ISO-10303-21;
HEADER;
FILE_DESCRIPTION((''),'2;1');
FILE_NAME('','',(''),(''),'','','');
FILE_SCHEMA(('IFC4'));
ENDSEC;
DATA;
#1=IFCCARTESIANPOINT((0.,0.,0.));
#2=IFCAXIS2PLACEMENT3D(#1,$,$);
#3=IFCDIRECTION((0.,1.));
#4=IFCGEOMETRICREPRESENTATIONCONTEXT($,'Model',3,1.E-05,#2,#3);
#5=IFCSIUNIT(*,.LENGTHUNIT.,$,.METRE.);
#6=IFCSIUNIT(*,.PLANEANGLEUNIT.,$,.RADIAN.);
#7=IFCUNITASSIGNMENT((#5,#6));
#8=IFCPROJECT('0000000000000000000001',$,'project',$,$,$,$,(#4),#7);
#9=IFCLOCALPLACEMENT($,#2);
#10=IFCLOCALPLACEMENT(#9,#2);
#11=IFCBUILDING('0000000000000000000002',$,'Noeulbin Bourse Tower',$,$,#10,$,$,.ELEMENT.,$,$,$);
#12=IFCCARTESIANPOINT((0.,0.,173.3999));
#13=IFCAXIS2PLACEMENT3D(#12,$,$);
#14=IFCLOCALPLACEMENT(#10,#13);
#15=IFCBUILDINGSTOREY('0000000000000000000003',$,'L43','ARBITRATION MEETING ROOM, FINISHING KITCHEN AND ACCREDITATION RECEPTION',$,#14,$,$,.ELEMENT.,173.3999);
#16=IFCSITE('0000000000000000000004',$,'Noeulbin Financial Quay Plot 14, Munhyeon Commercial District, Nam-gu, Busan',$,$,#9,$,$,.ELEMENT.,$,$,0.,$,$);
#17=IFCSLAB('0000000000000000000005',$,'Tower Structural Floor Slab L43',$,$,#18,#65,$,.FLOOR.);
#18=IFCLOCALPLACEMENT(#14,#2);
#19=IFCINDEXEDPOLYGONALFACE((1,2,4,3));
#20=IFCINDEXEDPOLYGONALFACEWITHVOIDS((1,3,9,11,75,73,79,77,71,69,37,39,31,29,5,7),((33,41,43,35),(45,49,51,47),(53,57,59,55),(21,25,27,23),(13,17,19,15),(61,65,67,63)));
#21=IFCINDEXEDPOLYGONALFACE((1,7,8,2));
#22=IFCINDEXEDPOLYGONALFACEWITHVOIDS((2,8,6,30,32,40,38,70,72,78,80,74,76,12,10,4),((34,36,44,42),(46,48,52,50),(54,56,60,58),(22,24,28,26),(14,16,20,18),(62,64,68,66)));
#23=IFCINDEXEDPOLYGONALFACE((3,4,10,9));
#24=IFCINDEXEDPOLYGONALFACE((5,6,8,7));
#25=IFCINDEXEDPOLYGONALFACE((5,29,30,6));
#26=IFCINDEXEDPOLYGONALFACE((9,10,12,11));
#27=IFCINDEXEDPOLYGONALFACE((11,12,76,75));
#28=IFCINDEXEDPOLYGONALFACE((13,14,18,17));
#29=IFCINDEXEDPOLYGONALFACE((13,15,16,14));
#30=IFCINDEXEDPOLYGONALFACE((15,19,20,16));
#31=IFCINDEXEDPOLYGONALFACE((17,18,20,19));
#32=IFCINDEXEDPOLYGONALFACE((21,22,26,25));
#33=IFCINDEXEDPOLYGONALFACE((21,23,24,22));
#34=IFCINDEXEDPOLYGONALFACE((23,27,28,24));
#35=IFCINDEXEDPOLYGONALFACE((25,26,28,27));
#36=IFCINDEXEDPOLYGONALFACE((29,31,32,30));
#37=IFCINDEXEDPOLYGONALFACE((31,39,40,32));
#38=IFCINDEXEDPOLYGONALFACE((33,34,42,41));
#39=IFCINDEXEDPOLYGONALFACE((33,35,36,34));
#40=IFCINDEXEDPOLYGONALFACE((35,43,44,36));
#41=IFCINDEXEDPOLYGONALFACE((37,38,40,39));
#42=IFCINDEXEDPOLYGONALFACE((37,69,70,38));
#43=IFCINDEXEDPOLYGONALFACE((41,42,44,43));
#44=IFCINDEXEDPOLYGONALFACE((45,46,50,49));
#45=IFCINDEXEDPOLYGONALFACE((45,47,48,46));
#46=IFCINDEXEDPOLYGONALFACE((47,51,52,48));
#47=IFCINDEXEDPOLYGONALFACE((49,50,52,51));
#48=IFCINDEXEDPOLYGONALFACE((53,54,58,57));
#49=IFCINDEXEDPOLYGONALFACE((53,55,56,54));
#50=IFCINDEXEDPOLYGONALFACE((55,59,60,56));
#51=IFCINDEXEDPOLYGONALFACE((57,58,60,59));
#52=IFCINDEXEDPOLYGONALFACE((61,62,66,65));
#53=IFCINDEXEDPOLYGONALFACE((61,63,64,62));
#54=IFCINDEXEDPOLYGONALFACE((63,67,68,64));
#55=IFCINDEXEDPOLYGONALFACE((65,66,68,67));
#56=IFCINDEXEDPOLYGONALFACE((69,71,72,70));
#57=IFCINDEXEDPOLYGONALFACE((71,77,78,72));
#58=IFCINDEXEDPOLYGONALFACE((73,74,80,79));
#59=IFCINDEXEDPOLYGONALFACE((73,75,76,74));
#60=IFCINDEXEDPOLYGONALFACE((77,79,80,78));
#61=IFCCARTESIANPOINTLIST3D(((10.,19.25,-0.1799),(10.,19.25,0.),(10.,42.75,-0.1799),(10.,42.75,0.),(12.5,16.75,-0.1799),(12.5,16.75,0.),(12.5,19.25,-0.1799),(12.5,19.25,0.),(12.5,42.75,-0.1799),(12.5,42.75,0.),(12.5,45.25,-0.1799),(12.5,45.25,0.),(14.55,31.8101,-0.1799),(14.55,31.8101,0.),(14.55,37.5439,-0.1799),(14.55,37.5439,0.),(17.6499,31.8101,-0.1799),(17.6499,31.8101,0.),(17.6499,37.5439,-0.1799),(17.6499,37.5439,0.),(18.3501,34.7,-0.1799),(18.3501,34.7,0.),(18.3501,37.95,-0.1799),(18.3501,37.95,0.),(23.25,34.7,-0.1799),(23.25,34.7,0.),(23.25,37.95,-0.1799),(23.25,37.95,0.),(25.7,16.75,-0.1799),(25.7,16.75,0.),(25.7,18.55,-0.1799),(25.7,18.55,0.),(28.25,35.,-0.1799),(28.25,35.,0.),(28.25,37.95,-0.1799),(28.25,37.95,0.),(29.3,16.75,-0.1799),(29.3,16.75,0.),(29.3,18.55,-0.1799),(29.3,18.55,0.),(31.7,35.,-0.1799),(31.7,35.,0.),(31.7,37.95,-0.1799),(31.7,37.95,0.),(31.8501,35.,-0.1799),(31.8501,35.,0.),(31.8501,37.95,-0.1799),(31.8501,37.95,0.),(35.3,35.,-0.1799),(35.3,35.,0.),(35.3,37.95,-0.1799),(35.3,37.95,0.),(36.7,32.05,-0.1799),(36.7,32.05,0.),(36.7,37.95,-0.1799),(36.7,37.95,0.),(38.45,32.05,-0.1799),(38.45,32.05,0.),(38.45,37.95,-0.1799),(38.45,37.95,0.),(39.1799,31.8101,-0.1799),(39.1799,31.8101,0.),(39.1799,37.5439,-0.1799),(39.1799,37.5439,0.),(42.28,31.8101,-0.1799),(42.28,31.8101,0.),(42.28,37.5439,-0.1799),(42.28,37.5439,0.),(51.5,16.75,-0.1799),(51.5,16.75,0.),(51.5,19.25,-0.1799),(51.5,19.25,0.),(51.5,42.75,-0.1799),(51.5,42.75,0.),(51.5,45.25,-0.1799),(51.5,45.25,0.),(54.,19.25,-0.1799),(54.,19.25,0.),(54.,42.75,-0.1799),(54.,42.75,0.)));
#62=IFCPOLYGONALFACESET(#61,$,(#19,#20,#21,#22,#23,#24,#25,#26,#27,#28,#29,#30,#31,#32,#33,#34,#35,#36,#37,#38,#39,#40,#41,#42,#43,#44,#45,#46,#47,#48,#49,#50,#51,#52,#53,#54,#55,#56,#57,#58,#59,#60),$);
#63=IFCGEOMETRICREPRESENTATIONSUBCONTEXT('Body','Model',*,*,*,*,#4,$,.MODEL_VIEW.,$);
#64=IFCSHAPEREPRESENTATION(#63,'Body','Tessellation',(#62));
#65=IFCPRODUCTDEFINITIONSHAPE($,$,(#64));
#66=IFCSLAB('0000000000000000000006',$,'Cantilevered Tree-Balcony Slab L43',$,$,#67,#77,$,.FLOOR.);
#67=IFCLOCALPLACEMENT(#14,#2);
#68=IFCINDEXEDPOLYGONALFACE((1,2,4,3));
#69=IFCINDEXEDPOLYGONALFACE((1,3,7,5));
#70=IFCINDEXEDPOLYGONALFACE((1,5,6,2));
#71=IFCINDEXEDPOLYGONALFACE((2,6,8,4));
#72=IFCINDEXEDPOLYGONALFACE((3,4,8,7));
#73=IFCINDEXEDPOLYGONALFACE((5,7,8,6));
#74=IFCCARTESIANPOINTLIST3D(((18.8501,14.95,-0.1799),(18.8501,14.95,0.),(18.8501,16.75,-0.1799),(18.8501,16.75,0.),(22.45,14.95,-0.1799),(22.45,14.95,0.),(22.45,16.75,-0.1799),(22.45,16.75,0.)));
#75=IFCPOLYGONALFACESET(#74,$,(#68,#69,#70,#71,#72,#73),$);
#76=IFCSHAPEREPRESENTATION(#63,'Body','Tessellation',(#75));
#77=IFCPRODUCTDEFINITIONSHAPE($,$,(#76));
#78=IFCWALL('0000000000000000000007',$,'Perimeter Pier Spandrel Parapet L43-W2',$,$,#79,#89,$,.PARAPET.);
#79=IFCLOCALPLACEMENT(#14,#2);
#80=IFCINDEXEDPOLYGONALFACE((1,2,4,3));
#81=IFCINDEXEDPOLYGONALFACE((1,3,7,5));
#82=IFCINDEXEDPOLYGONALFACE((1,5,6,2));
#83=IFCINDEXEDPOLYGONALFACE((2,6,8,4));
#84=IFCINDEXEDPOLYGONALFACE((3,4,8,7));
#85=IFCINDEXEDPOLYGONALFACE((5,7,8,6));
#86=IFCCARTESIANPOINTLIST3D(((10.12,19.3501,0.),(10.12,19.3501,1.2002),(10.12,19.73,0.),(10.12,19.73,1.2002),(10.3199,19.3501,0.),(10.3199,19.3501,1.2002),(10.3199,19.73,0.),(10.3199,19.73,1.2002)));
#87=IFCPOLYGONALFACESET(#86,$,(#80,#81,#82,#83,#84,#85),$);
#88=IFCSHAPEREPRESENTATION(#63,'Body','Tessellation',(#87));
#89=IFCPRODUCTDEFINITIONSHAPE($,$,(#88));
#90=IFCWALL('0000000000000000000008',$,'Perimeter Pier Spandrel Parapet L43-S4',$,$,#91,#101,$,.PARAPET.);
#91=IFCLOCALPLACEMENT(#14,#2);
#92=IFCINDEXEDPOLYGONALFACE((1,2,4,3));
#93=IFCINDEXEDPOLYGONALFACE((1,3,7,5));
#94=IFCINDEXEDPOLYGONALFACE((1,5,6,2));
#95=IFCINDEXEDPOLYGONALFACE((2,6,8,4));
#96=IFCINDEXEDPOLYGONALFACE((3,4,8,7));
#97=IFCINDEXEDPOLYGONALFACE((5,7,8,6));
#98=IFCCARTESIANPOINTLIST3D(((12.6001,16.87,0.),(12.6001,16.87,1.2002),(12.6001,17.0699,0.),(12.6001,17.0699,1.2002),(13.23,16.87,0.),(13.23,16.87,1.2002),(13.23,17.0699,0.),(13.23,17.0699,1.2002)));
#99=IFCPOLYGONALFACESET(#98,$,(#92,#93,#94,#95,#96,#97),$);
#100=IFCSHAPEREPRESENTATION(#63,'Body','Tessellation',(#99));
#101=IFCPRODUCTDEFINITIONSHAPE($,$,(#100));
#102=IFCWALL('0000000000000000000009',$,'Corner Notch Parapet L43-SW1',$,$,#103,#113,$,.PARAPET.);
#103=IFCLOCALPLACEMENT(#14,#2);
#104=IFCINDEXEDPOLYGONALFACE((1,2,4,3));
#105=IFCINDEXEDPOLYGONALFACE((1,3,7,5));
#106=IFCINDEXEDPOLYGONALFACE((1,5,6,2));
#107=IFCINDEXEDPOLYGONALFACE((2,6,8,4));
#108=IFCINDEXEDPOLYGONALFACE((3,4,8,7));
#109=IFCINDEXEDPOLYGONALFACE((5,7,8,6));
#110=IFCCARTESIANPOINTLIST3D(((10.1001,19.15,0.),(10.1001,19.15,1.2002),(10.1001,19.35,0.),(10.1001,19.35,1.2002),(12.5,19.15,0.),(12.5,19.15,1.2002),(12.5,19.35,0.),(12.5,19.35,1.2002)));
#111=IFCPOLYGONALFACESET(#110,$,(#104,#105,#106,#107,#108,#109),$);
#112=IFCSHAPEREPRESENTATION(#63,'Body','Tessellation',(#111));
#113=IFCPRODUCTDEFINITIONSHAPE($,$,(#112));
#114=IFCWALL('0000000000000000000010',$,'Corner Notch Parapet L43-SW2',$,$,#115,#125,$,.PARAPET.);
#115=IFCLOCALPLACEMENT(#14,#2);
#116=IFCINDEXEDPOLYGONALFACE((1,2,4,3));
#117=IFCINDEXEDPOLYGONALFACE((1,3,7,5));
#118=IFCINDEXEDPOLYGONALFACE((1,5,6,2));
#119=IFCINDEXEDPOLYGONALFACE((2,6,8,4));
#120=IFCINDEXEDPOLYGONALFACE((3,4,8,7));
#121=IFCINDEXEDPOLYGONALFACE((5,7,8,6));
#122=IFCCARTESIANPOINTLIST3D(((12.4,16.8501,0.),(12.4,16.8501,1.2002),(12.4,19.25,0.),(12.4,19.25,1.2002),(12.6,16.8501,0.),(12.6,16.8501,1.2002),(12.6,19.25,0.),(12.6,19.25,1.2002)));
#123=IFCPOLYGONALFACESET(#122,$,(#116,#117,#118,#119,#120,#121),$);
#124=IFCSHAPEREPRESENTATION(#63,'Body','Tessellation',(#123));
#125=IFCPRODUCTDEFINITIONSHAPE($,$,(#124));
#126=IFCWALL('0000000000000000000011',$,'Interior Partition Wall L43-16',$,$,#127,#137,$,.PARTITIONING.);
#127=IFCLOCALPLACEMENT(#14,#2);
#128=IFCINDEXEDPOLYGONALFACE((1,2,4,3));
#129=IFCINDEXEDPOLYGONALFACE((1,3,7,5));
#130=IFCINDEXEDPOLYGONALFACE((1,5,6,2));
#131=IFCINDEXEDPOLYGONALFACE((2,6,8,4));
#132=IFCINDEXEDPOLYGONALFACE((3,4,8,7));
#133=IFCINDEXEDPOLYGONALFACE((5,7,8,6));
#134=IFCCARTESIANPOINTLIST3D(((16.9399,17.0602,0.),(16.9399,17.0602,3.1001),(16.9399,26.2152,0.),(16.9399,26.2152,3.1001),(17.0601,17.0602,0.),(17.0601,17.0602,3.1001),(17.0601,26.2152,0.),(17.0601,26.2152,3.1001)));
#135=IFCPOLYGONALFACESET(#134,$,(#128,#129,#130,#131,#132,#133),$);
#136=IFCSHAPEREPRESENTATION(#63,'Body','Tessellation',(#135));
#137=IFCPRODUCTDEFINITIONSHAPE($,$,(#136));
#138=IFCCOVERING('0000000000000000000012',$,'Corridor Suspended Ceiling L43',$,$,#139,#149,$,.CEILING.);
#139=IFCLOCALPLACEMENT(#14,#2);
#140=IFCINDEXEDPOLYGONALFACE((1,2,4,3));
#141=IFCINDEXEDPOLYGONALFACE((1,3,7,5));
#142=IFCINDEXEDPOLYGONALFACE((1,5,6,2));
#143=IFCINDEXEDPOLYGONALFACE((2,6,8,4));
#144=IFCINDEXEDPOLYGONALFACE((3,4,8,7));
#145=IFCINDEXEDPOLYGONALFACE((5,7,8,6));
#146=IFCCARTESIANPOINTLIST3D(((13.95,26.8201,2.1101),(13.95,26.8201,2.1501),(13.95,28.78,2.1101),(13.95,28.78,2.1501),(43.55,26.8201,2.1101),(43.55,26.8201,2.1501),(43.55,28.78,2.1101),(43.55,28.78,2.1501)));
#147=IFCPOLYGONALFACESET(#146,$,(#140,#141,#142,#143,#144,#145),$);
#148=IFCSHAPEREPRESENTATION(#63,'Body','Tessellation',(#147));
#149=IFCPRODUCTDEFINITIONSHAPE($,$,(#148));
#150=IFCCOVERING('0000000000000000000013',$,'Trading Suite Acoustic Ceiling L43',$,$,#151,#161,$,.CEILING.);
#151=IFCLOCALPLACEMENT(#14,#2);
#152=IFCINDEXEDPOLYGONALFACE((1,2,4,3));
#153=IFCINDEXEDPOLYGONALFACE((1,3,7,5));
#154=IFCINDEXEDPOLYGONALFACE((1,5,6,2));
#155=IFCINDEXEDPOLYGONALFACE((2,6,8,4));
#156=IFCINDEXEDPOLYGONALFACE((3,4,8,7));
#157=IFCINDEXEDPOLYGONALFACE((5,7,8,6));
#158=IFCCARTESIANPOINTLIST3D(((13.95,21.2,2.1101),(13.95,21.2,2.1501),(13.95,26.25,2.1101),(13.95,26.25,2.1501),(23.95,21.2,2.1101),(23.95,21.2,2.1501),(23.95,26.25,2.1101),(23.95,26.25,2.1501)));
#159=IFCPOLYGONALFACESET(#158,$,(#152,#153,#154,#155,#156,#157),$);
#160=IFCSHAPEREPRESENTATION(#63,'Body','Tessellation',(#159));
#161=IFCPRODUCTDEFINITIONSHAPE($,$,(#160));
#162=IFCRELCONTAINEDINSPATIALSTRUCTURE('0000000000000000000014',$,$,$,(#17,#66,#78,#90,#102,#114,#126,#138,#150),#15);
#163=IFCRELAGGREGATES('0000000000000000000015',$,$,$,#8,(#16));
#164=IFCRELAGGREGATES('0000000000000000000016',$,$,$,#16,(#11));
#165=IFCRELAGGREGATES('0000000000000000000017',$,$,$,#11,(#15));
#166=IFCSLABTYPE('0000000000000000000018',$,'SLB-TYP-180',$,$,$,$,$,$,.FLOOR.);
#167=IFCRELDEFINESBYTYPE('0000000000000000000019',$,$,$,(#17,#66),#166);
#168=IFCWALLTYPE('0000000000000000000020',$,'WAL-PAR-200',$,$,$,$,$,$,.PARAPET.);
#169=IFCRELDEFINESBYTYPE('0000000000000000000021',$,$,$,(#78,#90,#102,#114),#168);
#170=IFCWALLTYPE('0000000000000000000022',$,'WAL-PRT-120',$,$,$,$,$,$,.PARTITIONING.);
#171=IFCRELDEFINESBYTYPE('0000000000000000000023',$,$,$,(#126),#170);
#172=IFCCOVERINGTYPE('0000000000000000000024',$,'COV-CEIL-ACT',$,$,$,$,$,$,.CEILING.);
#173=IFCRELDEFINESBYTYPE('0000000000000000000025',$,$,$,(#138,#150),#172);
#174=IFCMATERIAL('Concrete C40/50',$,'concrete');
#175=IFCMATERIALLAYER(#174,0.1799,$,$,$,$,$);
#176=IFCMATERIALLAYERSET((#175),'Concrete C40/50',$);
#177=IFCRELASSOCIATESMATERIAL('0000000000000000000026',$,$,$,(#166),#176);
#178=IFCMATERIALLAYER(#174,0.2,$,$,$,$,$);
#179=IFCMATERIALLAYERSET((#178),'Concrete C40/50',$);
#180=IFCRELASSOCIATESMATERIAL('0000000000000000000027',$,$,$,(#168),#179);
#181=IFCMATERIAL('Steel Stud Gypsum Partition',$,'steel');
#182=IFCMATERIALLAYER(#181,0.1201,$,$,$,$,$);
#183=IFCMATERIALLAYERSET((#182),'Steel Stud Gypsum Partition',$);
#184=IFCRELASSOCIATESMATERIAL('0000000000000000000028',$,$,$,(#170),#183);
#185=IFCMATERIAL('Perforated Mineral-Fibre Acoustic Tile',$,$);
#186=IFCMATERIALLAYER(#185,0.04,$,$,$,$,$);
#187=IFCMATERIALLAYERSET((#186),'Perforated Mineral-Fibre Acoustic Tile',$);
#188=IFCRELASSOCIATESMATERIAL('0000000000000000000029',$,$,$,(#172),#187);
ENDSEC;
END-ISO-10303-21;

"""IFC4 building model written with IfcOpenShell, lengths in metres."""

from ifc_helpers import new_model, si_unit, direction, frame, frame_2d, origin, place, context, subcontext, project, spatial, polyline, rectangle, outline, extrude, material, layer, layer_set, type_object, element, save


model = new_model("IFC4")

# Units and contexts
model_context = context("Model", 3, precision=1e-05, world=origin(), true_north=direction((0.0, 1.0)))
body_context = subcontext(model_context, "Body", "Model", "MODEL_VIEW")
ifc_project = project(units=[si_unit("LENGTHUNIT", "METRE"), si_unit("PLANEANGLEUNIT", "RADIAN")], contexts=[model_context])

# Site, building, storey
site_placement = place(None, origin())
site = spatial("IfcSite", under=ifc_project, at=site_placement, Name="Noeulbin Financial Quay Plot 14, Munhyeon Commercial District, Nam-gu, Busan", CompositionType="ELEMENT", RefElevation=0.0)
building_placement = place(site_placement, origin())
building = spatial("IfcBuilding", under=site, at=building_placement, Name="Noeulbin Bourse Tower", CompositionType="ELEMENT")
storey_placement = place(building_placement, frame((0.0, 0.0, 173.3999)))
storey = spatial("IfcBuildingStorey", under=building, at=storey_placement, Name="L43", Description="ARBITRATION MEETING ROOM, FINISHING KITCHEN AND ACCREDITATION RECEPTION", CompositionType="ELEMENT", Elevation=173.3999)

# Shared definitions
ifc_material_1 = material(Name="Concrete C40/50", Category="concrete")

# Slab, openings
ifc_layer_1 = layer(ifc_material_1, 0.1799)
ifc_layer_set_1 = layer_set([ifc_layer_1], Name="Concrete C40/50")
slab_type_1 = type_object("IfcSlabType", Name="SLB-TYP-180", PredefinedType="FLOOR", material=ifc_layer_set_1)
slab_1_placement = place(storey_placement, frame((0.0, 0.0, -0.1799)))
slab_1 = element("IfcSlab", 1, at=slab_1_placement, inside=storey, type_object=slab_type_1, Name="Tower Structural Floor Slab L43", PredefinedType="FLOOR", context=body_context, shape_type="SweptSolid", body=[
    extrude(outline(polyline([(12.5, 16.75), (25.7, 16.75), (25.7, 18.55), (29.3, 18.55), (29.3, 16.75), (51.5, 16.75), (51.5, 19.25), (54.0, 19.25), (54.0, 42.75), (51.5, 42.75), (51.5, 45.25), (12.5, 45.25), (12.5, 42.75), (10.0, 42.75), (10.0, 19.25), (12.5, 19.25), (12.5, 16.75)]), holes=[polyline([(17.6499, 31.8101), (17.6499, 37.5439), (14.55, 37.5439), (14.55, 31.8101), (17.6499, 31.8101)]), polyline([(42.28, 31.8101), (42.28, 37.5439), (39.1799, 37.5439), (39.1799, 31.8101), (42.28, 31.8101)]), polyline([(18.3501, 34.7), (23.25, 34.7), (23.25, 37.95), (18.3501, 37.95), (18.3501, 34.7)]), polyline([(36.7, 32.05), (38.45, 32.05), (38.45, 37.95), (36.7, 37.95), (36.7, 32.05)]), polyline([(28.25, 35.0), (31.7, 35.0), (31.7, 37.95), (28.25, 37.95), (28.25, 35.0)]), polyline([(31.8501, 35.0), (35.3, 35.0), (35.3, 37.95), (31.8501, 37.95), (31.8501, 35.0)])]), origin(), (0.0, 0.0, 1.0), 0.1799),
])
opening_1_placement = place(slab_1_placement, frame((0.0, 0.0, -0.01)))
element("IfcOpeningElement", 2, at=opening_1_placement, cuts=slab_1, PredefinedType="OPENING", context=body_context, shape_type="SweptSolid", body=[
    extrude(outline(polyline([(17.6499, 31.8101), (17.6499, 37.5439), (14.55, 37.5439), (14.55, 31.8101), (17.6499, 31.8101)])), origin(), (0.0, 0.0, 1.0), 0.2),
])
opening_2_placement = place(slab_1_placement, frame((0.0, 0.0, -0.01)))
element("IfcOpeningElement", 3, at=opening_2_placement, cuts=slab_1, PredefinedType="OPENING", context=body_context, shape_type="SweptSolid", body=[
    extrude(outline(polyline([(42.28, 31.8101), (42.28, 37.5439), (39.1799, 37.5439), (39.1799, 31.8101), (42.28, 31.8101)])), origin(), (0.0, 0.0, 1.0), 0.2),
])
opening_3_placement = place(slab_1_placement, frame((0.0, 0.0, -0.01)))
element("IfcOpeningElement", 4, at=opening_3_placement, cuts=slab_1, PredefinedType="OPENING", context=body_context, shape_type="SweptSolid", body=[
    extrude(outline(polyline([(18.3501, 34.7), (23.25, 34.7), (23.25, 37.95), (18.3501, 37.95), (18.3501, 34.7)])), origin(), (0.0, 0.0, 1.0), 0.2),
])
opening_4_placement = place(slab_1_placement, frame((0.0, 0.0, -0.01)))
element("IfcOpeningElement", 5, at=opening_4_placement, cuts=slab_1, PredefinedType="OPENING", context=body_context, shape_type="SweptSolid", body=[
    extrude(outline(polyline([(36.7, 32.05), (38.45, 32.05), (38.45, 37.95), (36.7, 37.95), (36.7, 32.05)])), origin(), (0.0, 0.0, 1.0), 0.2),
])
opening_5_placement = place(slab_1_placement, frame((0.0, 0.0, -0.01)))
element("IfcOpeningElement", 6, at=opening_5_placement, cuts=slab_1, PredefinedType="OPENING", context=body_context, shape_type="SweptSolid", body=[
    extrude(outline(polyline([(28.25, 35.0), (31.7, 35.0), (31.7, 37.95), (28.25, 37.95), (28.25, 35.0)])), origin(), (0.0, 0.0, 1.0), 0.2),
])
opening_6_placement = place(slab_1_placement, frame((0.0, 0.0, -0.01)))
element("IfcOpeningElement", 7, at=opening_6_placement, cuts=slab_1, PredefinedType="OPENING", context=body_context, shape_type="SweptSolid", body=[
    extrude(outline(polyline([(31.8501, 35.0), (35.3, 35.0), (35.3, 37.95), (31.8501, 37.95), (31.8501, 35.0)])), origin(), (0.0, 0.0, 1.0), 0.2),
])

# Slab
slab_2_placement = place(storey_placement, frame((0.0, 0.0, -0.1799)))
element("IfcSlab", 8, at=slab_2_placement, inside=storey, type_object=slab_type_1, Name="Cantilevered Tree-Balcony Slab L43", PredefinedType="FLOOR", context=body_context, shape_type="SweptSolid", body=[
    extrude(outline(polyline([(18.8501, 14.95), (22.45, 14.95), (22.45, 16.75), (18.8501, 16.75), (18.8501, 14.95)])), origin(), (0.0, 0.0, 1.0), 0.1799),
])

# Walls
ifc_layer_2 = layer(ifc_material_1, 0.2)
ifc_layer_set_2 = layer_set([ifc_layer_2], Name="Concrete C40/50")
wall_type_1 = type_object("IfcWallType", Name="WAL-PAR-200", PredefinedType="PARAPET", material=ifc_layer_set_2)
wall_1_placement = place(storey_placement, frame((10.22, 19.3501, 0.0), z_axis=(0.0, 0.0, 1.0), x_axis=(0.0, 1.0, 0.0)))
element("IfcWall", 9, at=wall_1_placement, inside=storey, type_object=wall_type_1, Name="Perimeter Pier Spandrel Parapet L43-W2", PredefinedType="PARAPET", context=body_context, shape_type="SweptSolid", body=[
    extrude(rectangle(XDim=0.3799, YDim=0.2, at=frame_2d((0.1899, 0.0))), origin(), (0.0, 0.0, 1.0), 1.2002),
])
wall_2_placement = place(storey_placement, frame((12.6001, 16.97, 0.0), z_axis=(0.0, 0.0, 1.0), x_axis=(1.0, 0.0, 0.0)))
element("IfcWall", 10, at=wall_2_placement, inside=storey, type_object=wall_type_1, Name="Perimeter Pier Spandrel Parapet L43-S4", PredefinedType="PARAPET", context=body_context, shape_type="SweptSolid", body=[
    extrude(rectangle(XDim=0.6299, YDim=0.2, at=frame_2d((0.3149, 0.0))), origin(), (0.0, 0.0, 1.0), 1.2002),
])
for number, where, z_axis, x_axis, name in (
    (11, (10.1001, 19.25, 0.0), (0.0, 0.0, 1.0), (1.0, 0.0, 0.0), "Corner Notch Parapet L43-SW1"),
    (12, (12.5, 19.25, 0.0), (0.0, 0.0, 1.0), (0.0, -1.0, 0.0), "Corner Notch Parapet L43-SW2"),
):
    element("IfcWall", number, at=place(storey_placement, frame(where, z_axis=z_axis, x_axis=x_axis)), inside=storey, type_object=wall_type_1, Name=name, PredefinedType="PARAPET", context=body_context, shape_type="SweptSolid", body=[
        extrude(rectangle(XDim=2.3999, YDim=0.2, at=frame_2d((1.2, 0.0))), origin(), (0.0, 0.0, 1.0), 1.2002),
    ])
ifc_material_2 = material(Name="Steel Stud Gypsum Partition", Category="steel")
ifc_layer_3 = layer(ifc_material_2, 0.1201)
ifc_layer_set_3 = layer_set([ifc_layer_3], Name="Steel Stud Gypsum Partition")
wall_type_2 = type_object("IfcWallType", Name="WAL-PRT-120", PredefinedType="PARTITIONING", material=ifc_layer_set_3)
wall_3_placement = place(storey_placement, frame((17.0, 17.0601, 0.0), z_axis=(0.0, 0.0, 1.0), x_axis=(0.0, 1.0, 0.0)))
element("IfcWall", 13, at=wall_3_placement, inside=storey, type_object=wall_type_2, Name="Interior Partition Wall L43-16", PredefinedType="PARTITIONING", context=body_context, shape_type="SweptSolid", body=[
    extrude(rectangle(XDim=9.155, YDim=0.1201, at=frame_2d((4.5776, 0.0))), origin(), (0.0, 0.0, 1.0), 3.1001),
])

# Coverings
ifc_material_3 = material(Name="Perforated Mineral-Fibre Acoustic Tile")
ifc_layer_4 = layer(ifc_material_3, 0.04)
ifc_layer_set_4 = layer_set([ifc_layer_4], Name="Perforated Mineral-Fibre Acoustic Tile")
covering_type = type_object("IfcCoveringType", Name="COV-CEIL-ACT", PredefinedType="CEILING", material=ifc_layer_set_4)
covering_1_placement = place(storey_placement, frame((0.0, 0.0, 2.1101)))
element("IfcCovering", 14, at=covering_1_placement, inside=storey, type_object=covering_type, Name="Corridor Suspended Ceiling L43", PredefinedType="CEILING", context=body_context, shape_type="SweptSolid", body=[
    extrude(outline(polyline([(13.95, 26.8201), (43.55, 26.8201), (43.55, 28.78), (13.95, 28.78), (13.95, 26.8201)])), origin(), (0.0, 0.0, 1.0), 0.04),
])
covering_2_placement = place(storey_placement, frame((0.0, 0.0, 2.1101)))
element("IfcCovering", 15, at=covering_2_placement, inside=storey, type_object=covering_type, Name="Trading Suite Acoustic Ceiling L43", PredefinedType="CEILING", context=body_context, shape_type="SweptSolid", body=[
    extrude(outline(polyline([(13.95, 21.2), (23.95, 21.2), (23.95, 26.25), (13.95, 26.25), (13.95, 21.2)])), origin(), (0.0, 0.0, 1.0), 0.04),
])

save(model, "model.ifc")
